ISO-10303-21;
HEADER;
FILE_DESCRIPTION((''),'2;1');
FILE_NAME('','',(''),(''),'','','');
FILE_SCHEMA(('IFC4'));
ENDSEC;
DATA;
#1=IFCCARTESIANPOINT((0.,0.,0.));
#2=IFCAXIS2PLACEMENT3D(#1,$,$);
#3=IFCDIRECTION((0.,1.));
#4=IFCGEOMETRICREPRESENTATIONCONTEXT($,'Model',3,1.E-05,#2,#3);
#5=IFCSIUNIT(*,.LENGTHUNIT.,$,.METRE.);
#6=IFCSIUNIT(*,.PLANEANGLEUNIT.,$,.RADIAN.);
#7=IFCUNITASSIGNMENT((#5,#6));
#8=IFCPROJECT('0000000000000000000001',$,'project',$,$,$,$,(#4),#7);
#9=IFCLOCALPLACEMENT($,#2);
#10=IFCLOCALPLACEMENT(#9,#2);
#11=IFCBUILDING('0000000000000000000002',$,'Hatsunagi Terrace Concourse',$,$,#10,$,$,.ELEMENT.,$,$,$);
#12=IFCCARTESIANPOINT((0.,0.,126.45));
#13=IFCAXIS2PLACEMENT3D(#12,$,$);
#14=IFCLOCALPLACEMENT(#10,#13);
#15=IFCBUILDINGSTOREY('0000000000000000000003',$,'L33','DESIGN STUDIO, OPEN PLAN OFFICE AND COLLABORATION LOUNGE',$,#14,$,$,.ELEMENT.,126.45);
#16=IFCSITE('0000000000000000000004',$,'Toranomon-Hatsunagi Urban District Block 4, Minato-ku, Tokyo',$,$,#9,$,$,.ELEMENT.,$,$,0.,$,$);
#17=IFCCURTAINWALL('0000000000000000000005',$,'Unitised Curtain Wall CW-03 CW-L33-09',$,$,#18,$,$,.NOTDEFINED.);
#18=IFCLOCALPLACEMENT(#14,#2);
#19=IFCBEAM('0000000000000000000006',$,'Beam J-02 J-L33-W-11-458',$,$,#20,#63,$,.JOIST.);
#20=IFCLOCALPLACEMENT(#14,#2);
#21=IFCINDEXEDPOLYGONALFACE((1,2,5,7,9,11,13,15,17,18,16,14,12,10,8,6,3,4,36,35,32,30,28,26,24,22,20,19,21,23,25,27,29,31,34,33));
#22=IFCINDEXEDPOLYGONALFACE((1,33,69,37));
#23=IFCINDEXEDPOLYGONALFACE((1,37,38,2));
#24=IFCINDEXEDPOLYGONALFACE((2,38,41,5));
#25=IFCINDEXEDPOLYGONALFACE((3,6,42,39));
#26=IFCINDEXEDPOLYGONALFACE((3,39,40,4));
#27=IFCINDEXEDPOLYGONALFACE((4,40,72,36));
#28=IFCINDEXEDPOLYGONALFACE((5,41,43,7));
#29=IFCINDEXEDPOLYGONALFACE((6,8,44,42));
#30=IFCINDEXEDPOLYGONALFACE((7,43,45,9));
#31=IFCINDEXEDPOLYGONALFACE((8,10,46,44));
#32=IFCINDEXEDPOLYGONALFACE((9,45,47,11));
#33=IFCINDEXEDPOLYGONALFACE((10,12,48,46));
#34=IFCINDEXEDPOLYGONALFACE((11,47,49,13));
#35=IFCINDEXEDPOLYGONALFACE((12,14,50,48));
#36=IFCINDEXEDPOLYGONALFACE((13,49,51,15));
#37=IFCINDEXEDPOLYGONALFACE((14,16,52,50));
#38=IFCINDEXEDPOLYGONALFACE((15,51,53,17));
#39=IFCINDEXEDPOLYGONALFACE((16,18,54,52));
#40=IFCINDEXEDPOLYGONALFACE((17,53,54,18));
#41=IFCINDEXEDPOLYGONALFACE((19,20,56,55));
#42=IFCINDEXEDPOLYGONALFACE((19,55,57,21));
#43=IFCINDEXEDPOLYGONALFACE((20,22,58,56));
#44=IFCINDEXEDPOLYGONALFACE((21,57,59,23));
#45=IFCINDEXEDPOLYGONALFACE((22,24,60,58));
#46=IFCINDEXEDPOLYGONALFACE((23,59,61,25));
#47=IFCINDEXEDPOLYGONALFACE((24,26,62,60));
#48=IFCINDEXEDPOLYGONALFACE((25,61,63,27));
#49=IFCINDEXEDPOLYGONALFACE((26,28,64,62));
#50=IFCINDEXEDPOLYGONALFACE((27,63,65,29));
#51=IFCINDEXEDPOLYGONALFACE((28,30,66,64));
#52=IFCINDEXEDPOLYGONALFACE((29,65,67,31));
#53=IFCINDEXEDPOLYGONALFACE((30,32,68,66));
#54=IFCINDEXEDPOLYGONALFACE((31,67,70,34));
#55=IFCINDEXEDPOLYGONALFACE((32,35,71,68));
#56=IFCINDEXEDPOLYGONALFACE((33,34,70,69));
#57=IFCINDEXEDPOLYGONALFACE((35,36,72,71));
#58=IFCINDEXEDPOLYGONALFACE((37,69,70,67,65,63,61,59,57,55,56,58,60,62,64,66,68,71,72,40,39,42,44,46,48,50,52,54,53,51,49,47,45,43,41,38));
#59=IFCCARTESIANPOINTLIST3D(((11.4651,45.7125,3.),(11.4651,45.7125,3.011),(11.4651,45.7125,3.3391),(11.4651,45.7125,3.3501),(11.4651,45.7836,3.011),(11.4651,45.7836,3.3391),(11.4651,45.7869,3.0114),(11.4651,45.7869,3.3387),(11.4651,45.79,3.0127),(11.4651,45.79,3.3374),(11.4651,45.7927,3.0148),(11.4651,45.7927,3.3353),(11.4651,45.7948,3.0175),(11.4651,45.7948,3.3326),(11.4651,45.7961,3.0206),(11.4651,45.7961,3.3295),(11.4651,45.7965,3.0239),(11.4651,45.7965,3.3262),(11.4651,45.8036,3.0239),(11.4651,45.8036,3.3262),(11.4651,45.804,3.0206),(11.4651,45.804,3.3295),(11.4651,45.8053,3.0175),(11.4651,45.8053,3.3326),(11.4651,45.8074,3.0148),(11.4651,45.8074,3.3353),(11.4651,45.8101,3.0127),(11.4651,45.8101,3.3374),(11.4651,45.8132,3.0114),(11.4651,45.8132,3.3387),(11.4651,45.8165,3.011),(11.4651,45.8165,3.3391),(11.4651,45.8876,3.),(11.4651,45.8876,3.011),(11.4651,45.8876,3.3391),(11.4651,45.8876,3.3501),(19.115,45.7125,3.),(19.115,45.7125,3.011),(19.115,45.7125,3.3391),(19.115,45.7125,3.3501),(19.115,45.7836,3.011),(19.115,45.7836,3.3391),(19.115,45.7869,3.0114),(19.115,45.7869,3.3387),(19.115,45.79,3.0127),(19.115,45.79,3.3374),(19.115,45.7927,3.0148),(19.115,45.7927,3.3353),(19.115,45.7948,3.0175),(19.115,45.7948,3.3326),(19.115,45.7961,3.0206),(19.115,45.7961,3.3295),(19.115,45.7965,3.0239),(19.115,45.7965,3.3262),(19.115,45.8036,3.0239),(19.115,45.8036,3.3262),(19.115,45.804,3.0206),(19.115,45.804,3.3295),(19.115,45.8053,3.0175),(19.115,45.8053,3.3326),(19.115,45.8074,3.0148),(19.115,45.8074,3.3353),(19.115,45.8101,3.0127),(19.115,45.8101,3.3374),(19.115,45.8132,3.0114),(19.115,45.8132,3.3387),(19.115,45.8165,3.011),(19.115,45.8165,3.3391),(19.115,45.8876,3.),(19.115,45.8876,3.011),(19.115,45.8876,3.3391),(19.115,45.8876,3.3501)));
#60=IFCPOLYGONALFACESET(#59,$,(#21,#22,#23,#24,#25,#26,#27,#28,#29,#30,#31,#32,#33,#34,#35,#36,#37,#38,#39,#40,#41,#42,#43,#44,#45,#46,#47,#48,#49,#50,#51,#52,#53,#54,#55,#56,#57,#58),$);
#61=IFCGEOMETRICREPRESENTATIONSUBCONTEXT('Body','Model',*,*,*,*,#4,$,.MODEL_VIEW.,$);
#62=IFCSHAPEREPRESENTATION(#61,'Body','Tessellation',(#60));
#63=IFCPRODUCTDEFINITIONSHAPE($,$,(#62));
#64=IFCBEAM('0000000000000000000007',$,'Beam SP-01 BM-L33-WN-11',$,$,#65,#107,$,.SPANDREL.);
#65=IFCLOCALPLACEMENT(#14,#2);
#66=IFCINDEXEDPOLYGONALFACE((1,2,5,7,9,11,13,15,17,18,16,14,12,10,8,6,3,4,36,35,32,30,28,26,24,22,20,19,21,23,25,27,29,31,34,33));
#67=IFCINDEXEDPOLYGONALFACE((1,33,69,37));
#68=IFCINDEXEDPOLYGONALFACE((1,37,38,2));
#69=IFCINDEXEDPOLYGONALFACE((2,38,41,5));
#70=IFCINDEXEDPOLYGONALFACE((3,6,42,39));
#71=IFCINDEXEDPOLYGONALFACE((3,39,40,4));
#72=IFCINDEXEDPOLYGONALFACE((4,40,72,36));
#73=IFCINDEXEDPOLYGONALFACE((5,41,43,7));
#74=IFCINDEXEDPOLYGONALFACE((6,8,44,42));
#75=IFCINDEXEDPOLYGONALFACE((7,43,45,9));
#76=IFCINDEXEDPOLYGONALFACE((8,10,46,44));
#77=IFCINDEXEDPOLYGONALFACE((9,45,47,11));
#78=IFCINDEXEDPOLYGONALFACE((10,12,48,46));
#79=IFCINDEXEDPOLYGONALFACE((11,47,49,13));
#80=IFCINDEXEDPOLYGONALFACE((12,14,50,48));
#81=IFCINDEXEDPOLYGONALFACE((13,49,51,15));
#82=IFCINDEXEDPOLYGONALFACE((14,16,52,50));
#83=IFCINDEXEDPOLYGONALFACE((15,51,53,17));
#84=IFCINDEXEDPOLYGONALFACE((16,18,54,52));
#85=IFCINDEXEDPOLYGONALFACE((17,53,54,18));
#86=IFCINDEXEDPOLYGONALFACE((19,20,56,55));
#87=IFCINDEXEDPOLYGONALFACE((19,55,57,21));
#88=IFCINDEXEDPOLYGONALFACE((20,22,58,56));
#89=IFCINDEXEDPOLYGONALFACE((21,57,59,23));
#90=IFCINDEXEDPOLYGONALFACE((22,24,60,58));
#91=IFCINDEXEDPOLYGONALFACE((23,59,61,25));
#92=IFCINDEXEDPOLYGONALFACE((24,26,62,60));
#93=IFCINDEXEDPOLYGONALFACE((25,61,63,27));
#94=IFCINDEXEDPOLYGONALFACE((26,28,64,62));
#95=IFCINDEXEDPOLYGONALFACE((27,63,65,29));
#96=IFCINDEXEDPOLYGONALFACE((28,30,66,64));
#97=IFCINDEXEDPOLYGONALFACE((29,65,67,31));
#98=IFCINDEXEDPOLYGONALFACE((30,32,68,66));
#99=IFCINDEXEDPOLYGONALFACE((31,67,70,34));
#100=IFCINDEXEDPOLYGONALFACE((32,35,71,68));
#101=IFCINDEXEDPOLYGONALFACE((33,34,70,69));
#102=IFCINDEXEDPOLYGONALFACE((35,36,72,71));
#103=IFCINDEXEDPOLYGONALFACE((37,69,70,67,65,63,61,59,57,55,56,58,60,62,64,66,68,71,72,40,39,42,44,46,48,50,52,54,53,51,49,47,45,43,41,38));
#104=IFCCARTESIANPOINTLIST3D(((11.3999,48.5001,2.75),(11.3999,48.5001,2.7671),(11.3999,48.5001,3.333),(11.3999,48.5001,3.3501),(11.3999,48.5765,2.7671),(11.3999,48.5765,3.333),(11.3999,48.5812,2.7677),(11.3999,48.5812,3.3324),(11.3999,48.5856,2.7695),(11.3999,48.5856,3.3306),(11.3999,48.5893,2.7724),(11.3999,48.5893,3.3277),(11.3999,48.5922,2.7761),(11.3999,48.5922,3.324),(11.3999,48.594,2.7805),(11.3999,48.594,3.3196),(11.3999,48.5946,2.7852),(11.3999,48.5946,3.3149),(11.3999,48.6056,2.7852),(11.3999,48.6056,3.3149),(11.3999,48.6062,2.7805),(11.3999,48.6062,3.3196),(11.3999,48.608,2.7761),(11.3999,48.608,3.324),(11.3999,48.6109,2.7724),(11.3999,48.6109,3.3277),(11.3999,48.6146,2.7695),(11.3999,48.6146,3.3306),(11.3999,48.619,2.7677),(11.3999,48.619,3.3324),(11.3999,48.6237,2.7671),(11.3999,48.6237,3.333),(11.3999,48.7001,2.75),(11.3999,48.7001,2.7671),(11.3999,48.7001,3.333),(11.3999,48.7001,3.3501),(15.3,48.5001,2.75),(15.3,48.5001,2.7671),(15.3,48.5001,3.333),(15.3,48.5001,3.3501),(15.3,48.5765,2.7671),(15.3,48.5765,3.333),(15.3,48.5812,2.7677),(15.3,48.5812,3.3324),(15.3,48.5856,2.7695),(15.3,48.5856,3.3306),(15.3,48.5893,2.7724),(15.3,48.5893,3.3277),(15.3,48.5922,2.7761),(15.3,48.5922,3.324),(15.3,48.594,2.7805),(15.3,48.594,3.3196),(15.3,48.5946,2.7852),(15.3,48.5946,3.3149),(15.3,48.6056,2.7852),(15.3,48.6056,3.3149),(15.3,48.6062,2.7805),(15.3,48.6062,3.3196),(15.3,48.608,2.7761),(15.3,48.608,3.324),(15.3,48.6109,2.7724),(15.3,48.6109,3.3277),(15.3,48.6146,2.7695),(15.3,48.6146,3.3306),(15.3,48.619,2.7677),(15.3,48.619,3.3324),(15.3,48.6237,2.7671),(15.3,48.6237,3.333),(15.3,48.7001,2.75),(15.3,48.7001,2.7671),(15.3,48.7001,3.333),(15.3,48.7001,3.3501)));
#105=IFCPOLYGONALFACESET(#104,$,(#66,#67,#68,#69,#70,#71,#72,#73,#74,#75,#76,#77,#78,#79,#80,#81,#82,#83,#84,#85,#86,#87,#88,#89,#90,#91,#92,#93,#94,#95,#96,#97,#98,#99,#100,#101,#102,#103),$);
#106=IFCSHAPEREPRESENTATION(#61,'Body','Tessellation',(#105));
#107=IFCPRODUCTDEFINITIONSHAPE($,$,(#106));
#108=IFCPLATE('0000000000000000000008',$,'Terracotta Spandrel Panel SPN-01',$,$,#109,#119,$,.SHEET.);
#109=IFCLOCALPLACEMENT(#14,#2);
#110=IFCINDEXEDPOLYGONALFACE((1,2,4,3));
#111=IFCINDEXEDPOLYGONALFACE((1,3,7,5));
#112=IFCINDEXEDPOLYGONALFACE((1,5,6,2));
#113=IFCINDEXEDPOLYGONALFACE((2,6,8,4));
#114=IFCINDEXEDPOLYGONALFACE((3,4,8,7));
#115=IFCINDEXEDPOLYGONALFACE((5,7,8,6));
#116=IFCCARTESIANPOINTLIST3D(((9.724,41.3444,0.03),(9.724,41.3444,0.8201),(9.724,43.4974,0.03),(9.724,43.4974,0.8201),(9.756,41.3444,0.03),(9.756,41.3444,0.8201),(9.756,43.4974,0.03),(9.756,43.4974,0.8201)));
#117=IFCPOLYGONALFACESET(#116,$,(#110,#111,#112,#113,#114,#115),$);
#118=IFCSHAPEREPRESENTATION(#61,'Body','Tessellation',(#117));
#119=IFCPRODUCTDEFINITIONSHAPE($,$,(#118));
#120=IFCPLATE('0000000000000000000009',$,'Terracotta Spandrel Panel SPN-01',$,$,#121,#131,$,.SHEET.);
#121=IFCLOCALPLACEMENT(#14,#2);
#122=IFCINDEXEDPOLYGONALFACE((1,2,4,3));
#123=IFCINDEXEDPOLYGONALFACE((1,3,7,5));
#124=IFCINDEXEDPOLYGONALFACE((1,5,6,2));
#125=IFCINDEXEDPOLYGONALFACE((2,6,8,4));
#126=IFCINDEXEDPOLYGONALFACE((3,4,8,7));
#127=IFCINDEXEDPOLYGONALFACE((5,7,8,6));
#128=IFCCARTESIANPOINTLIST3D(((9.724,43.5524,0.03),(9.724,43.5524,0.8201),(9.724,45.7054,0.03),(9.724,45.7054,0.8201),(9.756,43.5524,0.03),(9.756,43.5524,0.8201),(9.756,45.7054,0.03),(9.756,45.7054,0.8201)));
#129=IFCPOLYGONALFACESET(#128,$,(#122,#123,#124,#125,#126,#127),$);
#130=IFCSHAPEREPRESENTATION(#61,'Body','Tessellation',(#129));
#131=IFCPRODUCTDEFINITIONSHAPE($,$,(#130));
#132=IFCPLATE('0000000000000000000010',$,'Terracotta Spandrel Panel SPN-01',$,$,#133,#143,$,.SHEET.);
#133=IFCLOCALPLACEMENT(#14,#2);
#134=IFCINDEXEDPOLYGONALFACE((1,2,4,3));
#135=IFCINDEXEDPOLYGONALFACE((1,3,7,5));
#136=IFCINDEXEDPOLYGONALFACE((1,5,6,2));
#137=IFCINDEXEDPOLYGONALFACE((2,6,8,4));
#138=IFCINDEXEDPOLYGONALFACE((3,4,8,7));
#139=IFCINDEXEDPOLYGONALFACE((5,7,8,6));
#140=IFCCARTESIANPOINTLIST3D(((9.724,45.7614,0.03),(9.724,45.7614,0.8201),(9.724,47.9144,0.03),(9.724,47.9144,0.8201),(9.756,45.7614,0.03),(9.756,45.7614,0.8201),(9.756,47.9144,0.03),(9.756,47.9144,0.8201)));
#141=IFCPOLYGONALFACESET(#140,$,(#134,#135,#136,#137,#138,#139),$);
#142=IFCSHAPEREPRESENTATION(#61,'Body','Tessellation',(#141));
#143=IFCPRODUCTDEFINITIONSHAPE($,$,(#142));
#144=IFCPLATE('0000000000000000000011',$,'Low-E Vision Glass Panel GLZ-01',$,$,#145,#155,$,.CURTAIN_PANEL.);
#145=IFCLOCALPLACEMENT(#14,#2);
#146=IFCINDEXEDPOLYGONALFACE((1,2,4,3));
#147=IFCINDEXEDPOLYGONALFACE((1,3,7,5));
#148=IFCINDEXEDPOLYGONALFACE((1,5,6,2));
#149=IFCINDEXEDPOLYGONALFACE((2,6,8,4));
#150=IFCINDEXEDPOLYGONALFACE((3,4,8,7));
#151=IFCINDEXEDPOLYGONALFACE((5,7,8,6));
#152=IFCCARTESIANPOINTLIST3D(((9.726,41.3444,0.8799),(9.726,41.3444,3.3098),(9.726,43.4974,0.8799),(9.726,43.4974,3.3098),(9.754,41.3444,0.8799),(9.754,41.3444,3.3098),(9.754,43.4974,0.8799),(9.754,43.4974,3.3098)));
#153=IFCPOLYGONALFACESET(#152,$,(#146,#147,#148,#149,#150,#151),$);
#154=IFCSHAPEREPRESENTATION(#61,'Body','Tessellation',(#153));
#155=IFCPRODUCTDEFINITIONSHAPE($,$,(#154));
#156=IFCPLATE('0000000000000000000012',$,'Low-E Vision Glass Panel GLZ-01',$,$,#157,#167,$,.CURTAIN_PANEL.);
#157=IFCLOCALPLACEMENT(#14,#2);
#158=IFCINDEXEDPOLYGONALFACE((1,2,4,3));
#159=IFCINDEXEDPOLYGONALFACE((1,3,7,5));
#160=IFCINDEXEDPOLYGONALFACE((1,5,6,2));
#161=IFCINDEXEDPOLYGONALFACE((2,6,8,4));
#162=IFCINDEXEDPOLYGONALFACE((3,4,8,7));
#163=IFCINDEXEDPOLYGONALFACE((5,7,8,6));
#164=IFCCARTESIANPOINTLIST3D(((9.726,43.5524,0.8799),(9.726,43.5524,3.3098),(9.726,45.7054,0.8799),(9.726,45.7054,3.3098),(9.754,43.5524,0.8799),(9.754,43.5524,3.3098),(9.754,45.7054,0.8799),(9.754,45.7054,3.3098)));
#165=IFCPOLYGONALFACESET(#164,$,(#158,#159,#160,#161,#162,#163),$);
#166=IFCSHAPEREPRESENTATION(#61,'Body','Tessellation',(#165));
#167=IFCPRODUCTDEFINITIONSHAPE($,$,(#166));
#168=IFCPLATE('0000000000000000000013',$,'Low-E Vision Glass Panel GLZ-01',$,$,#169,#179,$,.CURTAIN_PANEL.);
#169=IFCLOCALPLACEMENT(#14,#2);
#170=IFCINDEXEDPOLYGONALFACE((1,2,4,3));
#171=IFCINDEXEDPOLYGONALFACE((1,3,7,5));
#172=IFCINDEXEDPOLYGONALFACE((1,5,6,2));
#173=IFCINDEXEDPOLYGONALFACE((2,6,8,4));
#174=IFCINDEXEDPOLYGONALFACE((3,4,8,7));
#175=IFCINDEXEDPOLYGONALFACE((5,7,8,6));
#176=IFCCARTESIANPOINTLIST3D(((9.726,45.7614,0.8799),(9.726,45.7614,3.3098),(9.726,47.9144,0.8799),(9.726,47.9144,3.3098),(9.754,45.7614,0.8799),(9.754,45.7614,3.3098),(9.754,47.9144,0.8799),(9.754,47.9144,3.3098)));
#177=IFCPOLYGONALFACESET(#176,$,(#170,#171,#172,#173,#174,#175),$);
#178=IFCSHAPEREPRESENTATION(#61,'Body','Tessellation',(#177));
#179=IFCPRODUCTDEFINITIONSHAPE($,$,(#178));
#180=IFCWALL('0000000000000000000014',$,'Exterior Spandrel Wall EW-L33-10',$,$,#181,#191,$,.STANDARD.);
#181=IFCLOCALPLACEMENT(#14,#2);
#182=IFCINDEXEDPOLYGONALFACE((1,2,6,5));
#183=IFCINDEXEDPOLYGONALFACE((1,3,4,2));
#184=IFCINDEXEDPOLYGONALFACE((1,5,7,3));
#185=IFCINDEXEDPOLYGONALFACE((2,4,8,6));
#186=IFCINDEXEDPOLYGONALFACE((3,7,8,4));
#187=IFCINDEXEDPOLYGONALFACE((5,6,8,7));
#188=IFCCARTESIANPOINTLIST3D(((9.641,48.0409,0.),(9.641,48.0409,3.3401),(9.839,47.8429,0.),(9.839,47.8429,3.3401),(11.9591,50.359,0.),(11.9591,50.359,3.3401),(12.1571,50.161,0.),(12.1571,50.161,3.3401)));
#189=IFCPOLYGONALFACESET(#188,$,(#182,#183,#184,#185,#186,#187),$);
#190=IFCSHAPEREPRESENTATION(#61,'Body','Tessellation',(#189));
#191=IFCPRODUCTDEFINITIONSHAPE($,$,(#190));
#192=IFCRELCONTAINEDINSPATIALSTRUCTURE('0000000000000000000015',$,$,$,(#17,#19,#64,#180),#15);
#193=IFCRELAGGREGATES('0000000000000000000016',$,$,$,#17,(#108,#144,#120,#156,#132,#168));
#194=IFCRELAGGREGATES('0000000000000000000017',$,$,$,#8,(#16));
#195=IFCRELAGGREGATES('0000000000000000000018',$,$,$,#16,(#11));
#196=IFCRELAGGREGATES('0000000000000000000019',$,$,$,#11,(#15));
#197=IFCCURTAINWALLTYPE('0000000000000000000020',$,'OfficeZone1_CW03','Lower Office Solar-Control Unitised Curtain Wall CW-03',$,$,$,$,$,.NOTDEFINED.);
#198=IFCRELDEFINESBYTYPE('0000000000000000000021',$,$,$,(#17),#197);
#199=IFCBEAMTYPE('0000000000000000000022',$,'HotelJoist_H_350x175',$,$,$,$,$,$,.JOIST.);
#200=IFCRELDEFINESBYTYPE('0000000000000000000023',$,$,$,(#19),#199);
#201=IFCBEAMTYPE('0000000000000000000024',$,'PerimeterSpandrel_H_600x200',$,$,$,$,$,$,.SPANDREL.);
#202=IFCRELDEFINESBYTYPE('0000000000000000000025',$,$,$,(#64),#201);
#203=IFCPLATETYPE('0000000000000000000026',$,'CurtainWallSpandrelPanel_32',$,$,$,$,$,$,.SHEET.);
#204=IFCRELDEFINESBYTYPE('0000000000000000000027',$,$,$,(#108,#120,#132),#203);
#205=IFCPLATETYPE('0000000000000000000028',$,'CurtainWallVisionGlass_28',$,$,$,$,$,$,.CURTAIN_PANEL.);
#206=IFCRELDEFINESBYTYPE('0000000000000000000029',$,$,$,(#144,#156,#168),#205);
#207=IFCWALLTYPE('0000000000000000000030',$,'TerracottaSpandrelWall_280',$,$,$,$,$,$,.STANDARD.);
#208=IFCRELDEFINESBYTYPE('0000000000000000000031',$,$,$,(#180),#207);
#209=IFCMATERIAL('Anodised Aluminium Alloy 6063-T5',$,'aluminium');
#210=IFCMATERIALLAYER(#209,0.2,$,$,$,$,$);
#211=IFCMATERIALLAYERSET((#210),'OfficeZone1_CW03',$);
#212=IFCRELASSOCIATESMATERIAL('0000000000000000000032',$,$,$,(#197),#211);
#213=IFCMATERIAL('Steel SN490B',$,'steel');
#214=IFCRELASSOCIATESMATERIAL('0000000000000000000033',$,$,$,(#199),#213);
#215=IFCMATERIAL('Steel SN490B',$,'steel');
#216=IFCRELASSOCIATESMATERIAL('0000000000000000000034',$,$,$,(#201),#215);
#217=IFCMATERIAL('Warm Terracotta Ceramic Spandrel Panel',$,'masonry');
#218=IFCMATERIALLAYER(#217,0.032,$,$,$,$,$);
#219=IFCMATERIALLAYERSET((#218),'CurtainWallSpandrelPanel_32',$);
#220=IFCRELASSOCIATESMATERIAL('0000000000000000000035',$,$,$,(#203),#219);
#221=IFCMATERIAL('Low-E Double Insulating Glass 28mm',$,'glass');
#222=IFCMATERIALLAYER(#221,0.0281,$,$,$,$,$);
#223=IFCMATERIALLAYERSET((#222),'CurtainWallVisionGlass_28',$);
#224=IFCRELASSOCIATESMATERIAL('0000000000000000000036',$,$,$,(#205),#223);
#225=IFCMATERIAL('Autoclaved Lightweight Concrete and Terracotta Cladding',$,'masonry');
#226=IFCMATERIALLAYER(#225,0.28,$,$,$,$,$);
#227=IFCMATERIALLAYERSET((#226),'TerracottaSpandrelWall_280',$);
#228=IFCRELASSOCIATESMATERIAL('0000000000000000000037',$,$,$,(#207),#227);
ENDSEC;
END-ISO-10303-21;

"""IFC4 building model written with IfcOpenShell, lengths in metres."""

from ifc_helpers import new_model, si_unit, direction, frame, frame_2d, origin, origin_2d, place, context, subcontext, project, spatial, rectangle, i_section, extrude, material, layer, layer_set, material_profile, profile_set, type_object, element, aggregate, save


model = new_model("IFC4")

# Units and contexts
model_context = context("Model", 3, precision=1e-05, world=origin(), true_north=direction((0.0, 1.0)))
body_context = subcontext(model_context, "Body", "Model", "MODEL_VIEW")
ifc_project = project(units=[si_unit("LENGTHUNIT", "METRE"), si_unit("PLANEANGLEUNIT", "RADIAN")], contexts=[model_context])

# Site, building, storey
site_placement = place(None, origin())
site = spatial("IfcSite", under=ifc_project, at=site_placement, Name="Toranomon-Hatsunagi Urban District Block 4, Minato-ku, Tokyo", CompositionType="ELEMENT", RefElevation=0.0)
building_placement = place(site_placement, origin())
building = spatial("IfcBuilding", under=site, at=building_placement, Name="Hatsunagi Terrace Concourse", CompositionType="ELEMENT")
storey_placement = place(building_placement, frame((0.0, 0.0, 126.45)))
storey = spatial("IfcBuildingStorey", under=building, at=storey_placement, Name="L33", Description="DESIGN STUDIO, OPEN PLAN OFFICE AND COLLABORATION LOUNGE", CompositionType="ELEMENT", Elevation=126.45)

# Curtain wall
ifc_material_1 = material(Name="Anodised Aluminium Alloy 6063-T5", Category="aluminium")
ifc_layer_1 = layer(ifc_material_1, 0.2)
ifc_layer_set_1 = layer_set([ifc_layer_1], Name="OfficeZone1_CW03")
curtain_wall_type = type_object("IfcCurtainWallType", Name="OfficeZone1_CW03", Description="Lower Office Solar-Control Unitised Curtain Wall CW-03", PredefinedType="NOTDEFINED", material=ifc_layer_set_1)
curtain_wall_placement = place(storey_placement, origin())
curtain_wall = element("IfcCurtainWall", 1, at=curtain_wall_placement, inside=storey, type_object=curtain_wall_type, Name="Unitised Curtain Wall CW-03 CW-L33-09", PredefinedType="NOTDEFINED")

# Beams
ifc_material_2 = material(Name="Steel SN490B", Category="steel")
ifc_material_profile_1 = material_profile(ifc_material_2, i_section(OverallWidth=0.175, OverallDepth=0.3501, WebThickness=0.0071, FlangeThickness=0.011, FilletRadius=0.0129, at=origin_2d()), Name="H-350x175x7x11")
ifc_profile_set_1 = profile_set([ifc_material_profile_1], Name="Steel SN490B")
beam_type_1 = type_object("IfcBeamType", Name="HotelJoist_H_350x175", PredefinedType="JOIST", material=ifc_profile_set_1)
for number, where, z_axis, x_axis, name in (
    (2, (11.4651, 45.8, 3.175), (1.0, 0.0, 0.0), (0.0, 1.0, 0.0), "Beam J-02 J-L33-W-11-458"),
):
    element("IfcBeam", number, at=place(storey_placement, frame(where, z_axis=z_axis, x_axis=x_axis)), inside=storey, type_object=beam_type_1, Name=name, PredefinedType="JOIST", context=body_context, shape_type="SweptSolid", body=[
        extrude(i_section(OverallWidth=0.175, OverallDepth=0.3501, WebThickness=0.0071, FlangeThickness=0.011, FilletRadius=0.0129, at=origin_2d()), origin(), (0.0, 0.0, 1.0), 7.6499),
    ])
ifc_material_3 = material(Name="Steel SN490B", Category="steel")
ifc_material_profile_2 = material_profile(ifc_material_3, i_section(OverallWidth=0.2, OverallDepth=0.6001, WebThickness=0.011, FlangeThickness=0.0171, FilletRadius=0.0181, at=origin_2d()), Name="H-600x200x11x17")
ifc_profile_set_2 = profile_set([ifc_material_profile_2], Name="Steel SN490B")
beam_type_2 = type_object("IfcBeamType", Name="PerimeterSpandrel_H_600x200", PredefinedType="SPANDREL", material=ifc_profile_set_2)
beam_placement = place(storey_placement, frame((11.3999, 48.6001, 3.05), z_axis=(1.0, 0.0, 0.0), x_axis=(0.0, 1.0, 0.0)))
element("IfcBeam", 3, at=beam_placement, inside=storey, type_object=beam_type_2, Name="Beam SP-01 BM-L33-WN-11", PredefinedType="SPANDREL", context=body_context, shape_type="SweptSolid", body=[
    extrude(i_section(OverallWidth=0.2, OverallDepth=0.6001, WebThickness=0.011, FlangeThickness=0.0171, FilletRadius=0.0181, at=origin_2d()), origin(), (0.0, 0.0, 1.0), 3.9001),
])

# Plates
ifc_material_4 = material(Name="Warm Terracotta Ceramic Spandrel Panel", Category="masonry")
ifc_layer_2 = layer(ifc_material_4, 0.032)
ifc_layer_set_2 = layer_set([ifc_layer_2], Name="CurtainWallSpandrelPanel_32")
plate_type_1 = type_object("IfcPlateType", Name="CurtainWallSpandrelPanel_32", PredefinedType="SHEET", material=ifc_layer_set_2)
plate_1_placement = place(storey_placement, frame((9.74, 42.4209, 0.03), z_axis=(0.0, 0.0, 1.0), x_axis=(0.0, 1.0, 0.0)))
plate_1 = element("IfcPlate", 4, at=plate_1_placement, type_object=plate_type_1, Name="Terracotta Spandrel Panel SPN-01", PredefinedType="SHEET", context=body_context, shape_type="SweptSolid", body=[
    extrude(rectangle(XDim=2.1531, YDim=0.032, at=origin_2d()), origin(), (0.0, 0.0, 1.0), 0.79),
])
plate_2_placement = place(storey_placement, frame((9.74, 44.6289, 0.03), z_axis=(0.0, 0.0, 1.0), x_axis=(0.0, 1.0, 0.0)))
plate_2 = element("IfcPlate", 5, at=plate_2_placement, type_object=plate_type_1, Name="Terracotta Spandrel Panel SPN-01", PredefinedType="SHEET", context=body_context, shape_type="SweptSolid", body=[
    extrude(rectangle(XDim=2.1531, YDim=0.032, at=origin_2d()), origin(), (0.0, 0.0, 1.0), 0.79),
])
plate_3_placement = place(storey_placement, frame((9.74, 46.8379, 0.03), z_axis=(0.0, 0.0, 1.0), x_axis=(0.0, 1.0, 0.0)))
plate_3 = element("IfcPlate", 6, at=plate_3_placement, type_object=plate_type_1, Name="Terracotta Spandrel Panel SPN-01", PredefinedType="SHEET", context=body_context, shape_type="SweptSolid", body=[
    extrude(rectangle(XDim=2.1531, YDim=0.032, at=origin_2d()), origin(), (0.0, 0.0, 1.0), 0.79),
])
ifc_material_5 = material(Name="Low-E Double Insulating Glass 28mm", Category="glass")
ifc_layer_3 = layer(ifc_material_5, 0.0281)
ifc_layer_set_3 = layer_set([ifc_layer_3], Name="CurtainWallVisionGlass_28")
plate_type_2 = type_object("IfcPlateType", Name="CurtainWallVisionGlass_28", PredefinedType="CURTAIN_PANEL", material=ifc_layer_set_3)
plate_4_placement = place(storey_placement, frame((9.74, 42.4209, 0.8799), z_axis=(0.0, 0.0, 1.0), x_axis=(0.0, 1.0, 0.0)))
plate_4 = element("IfcPlate", 7, at=plate_4_placement, type_object=plate_type_2, Name="Low-E Vision Glass Panel GLZ-01", PredefinedType="CURTAIN_PANEL", context=body_context, shape_type="SweptSolid", body=[
    extrude(rectangle(XDim=2.1531, YDim=0.0281, at=origin_2d()), origin(), (0.0, 0.0, 1.0), 2.4299),
])
plate_5_placement = place(storey_placement, frame((9.74, 44.6289, 0.8799), z_axis=(0.0, 0.0, 1.0), x_axis=(0.0, 1.0, 0.0)))
plate_5 = element("IfcPlate", 8, at=plate_5_placement, type_object=plate_type_2, Name="Low-E Vision Glass Panel GLZ-01", PredefinedType="CURTAIN_PANEL", context=body_context, shape_type="SweptSolid", body=[
    extrude(rectangle(XDim=2.1531, YDim=0.0281, at=origin_2d()), origin(), (0.0, 0.0, 1.0), 2.4299),
])
plate_6_placement = place(storey_placement, frame((9.74, 46.8379, 0.8799), z_axis=(0.0, 0.0, 1.0), x_axis=(0.0, 1.0, 0.0)))
plate_6 = element("IfcPlate", 9, at=plate_6_placement, type_object=plate_type_2, Name="Low-E Vision Glass Panel GLZ-01", PredefinedType="CURTAIN_PANEL", context=body_context, shape_type="SweptSolid", body=[
    extrude(rectangle(XDim=2.1531, YDim=0.0281, at=origin_2d()), origin(), (0.0, 0.0, 1.0), 2.4299),
])
aggregate(curtain_wall, [plate_1, plate_4, plate_2, plate_5, plate_3, plate_6])

# Wall
ifc_material_6 = material(Name="Autoclaved Lightweight Concrete and Terracotta Cladding", Category="masonry")
ifc_layer_4 = layer(ifc_material_6, 0.28)
ifc_layer_set_4 = layer_set([ifc_layer_4], Name="TerracottaSpandrelWall_280")
wall_type = type_object("IfcWallType", Name="TerracottaSpandrelWall_280", PredefinedType="STANDARD", material=ifc_layer_set_4)
wall_1_placement = place(storey_placement, frame((9.74, 47.9419, 0.0), z_axis=(0.0, 0.0, 1.0), x_axis=(0.707107, 0.707107, 0.0)))
element("IfcWall", 10, at=wall_1_placement, inside=storey, type_object=wall_type, Name="Exterior Spandrel Wall EW-L33-10", PredefinedType="STANDARD", context=body_context, shape_type="SweptSolid", body=[
    extrude(rectangle(XDim=3.2783, YDim=0.28, at=frame_2d((1.6392, 0.0))), origin(), (0.0, 0.0, 1.0), 3.3401),
])

save(model, "model.ifc")
